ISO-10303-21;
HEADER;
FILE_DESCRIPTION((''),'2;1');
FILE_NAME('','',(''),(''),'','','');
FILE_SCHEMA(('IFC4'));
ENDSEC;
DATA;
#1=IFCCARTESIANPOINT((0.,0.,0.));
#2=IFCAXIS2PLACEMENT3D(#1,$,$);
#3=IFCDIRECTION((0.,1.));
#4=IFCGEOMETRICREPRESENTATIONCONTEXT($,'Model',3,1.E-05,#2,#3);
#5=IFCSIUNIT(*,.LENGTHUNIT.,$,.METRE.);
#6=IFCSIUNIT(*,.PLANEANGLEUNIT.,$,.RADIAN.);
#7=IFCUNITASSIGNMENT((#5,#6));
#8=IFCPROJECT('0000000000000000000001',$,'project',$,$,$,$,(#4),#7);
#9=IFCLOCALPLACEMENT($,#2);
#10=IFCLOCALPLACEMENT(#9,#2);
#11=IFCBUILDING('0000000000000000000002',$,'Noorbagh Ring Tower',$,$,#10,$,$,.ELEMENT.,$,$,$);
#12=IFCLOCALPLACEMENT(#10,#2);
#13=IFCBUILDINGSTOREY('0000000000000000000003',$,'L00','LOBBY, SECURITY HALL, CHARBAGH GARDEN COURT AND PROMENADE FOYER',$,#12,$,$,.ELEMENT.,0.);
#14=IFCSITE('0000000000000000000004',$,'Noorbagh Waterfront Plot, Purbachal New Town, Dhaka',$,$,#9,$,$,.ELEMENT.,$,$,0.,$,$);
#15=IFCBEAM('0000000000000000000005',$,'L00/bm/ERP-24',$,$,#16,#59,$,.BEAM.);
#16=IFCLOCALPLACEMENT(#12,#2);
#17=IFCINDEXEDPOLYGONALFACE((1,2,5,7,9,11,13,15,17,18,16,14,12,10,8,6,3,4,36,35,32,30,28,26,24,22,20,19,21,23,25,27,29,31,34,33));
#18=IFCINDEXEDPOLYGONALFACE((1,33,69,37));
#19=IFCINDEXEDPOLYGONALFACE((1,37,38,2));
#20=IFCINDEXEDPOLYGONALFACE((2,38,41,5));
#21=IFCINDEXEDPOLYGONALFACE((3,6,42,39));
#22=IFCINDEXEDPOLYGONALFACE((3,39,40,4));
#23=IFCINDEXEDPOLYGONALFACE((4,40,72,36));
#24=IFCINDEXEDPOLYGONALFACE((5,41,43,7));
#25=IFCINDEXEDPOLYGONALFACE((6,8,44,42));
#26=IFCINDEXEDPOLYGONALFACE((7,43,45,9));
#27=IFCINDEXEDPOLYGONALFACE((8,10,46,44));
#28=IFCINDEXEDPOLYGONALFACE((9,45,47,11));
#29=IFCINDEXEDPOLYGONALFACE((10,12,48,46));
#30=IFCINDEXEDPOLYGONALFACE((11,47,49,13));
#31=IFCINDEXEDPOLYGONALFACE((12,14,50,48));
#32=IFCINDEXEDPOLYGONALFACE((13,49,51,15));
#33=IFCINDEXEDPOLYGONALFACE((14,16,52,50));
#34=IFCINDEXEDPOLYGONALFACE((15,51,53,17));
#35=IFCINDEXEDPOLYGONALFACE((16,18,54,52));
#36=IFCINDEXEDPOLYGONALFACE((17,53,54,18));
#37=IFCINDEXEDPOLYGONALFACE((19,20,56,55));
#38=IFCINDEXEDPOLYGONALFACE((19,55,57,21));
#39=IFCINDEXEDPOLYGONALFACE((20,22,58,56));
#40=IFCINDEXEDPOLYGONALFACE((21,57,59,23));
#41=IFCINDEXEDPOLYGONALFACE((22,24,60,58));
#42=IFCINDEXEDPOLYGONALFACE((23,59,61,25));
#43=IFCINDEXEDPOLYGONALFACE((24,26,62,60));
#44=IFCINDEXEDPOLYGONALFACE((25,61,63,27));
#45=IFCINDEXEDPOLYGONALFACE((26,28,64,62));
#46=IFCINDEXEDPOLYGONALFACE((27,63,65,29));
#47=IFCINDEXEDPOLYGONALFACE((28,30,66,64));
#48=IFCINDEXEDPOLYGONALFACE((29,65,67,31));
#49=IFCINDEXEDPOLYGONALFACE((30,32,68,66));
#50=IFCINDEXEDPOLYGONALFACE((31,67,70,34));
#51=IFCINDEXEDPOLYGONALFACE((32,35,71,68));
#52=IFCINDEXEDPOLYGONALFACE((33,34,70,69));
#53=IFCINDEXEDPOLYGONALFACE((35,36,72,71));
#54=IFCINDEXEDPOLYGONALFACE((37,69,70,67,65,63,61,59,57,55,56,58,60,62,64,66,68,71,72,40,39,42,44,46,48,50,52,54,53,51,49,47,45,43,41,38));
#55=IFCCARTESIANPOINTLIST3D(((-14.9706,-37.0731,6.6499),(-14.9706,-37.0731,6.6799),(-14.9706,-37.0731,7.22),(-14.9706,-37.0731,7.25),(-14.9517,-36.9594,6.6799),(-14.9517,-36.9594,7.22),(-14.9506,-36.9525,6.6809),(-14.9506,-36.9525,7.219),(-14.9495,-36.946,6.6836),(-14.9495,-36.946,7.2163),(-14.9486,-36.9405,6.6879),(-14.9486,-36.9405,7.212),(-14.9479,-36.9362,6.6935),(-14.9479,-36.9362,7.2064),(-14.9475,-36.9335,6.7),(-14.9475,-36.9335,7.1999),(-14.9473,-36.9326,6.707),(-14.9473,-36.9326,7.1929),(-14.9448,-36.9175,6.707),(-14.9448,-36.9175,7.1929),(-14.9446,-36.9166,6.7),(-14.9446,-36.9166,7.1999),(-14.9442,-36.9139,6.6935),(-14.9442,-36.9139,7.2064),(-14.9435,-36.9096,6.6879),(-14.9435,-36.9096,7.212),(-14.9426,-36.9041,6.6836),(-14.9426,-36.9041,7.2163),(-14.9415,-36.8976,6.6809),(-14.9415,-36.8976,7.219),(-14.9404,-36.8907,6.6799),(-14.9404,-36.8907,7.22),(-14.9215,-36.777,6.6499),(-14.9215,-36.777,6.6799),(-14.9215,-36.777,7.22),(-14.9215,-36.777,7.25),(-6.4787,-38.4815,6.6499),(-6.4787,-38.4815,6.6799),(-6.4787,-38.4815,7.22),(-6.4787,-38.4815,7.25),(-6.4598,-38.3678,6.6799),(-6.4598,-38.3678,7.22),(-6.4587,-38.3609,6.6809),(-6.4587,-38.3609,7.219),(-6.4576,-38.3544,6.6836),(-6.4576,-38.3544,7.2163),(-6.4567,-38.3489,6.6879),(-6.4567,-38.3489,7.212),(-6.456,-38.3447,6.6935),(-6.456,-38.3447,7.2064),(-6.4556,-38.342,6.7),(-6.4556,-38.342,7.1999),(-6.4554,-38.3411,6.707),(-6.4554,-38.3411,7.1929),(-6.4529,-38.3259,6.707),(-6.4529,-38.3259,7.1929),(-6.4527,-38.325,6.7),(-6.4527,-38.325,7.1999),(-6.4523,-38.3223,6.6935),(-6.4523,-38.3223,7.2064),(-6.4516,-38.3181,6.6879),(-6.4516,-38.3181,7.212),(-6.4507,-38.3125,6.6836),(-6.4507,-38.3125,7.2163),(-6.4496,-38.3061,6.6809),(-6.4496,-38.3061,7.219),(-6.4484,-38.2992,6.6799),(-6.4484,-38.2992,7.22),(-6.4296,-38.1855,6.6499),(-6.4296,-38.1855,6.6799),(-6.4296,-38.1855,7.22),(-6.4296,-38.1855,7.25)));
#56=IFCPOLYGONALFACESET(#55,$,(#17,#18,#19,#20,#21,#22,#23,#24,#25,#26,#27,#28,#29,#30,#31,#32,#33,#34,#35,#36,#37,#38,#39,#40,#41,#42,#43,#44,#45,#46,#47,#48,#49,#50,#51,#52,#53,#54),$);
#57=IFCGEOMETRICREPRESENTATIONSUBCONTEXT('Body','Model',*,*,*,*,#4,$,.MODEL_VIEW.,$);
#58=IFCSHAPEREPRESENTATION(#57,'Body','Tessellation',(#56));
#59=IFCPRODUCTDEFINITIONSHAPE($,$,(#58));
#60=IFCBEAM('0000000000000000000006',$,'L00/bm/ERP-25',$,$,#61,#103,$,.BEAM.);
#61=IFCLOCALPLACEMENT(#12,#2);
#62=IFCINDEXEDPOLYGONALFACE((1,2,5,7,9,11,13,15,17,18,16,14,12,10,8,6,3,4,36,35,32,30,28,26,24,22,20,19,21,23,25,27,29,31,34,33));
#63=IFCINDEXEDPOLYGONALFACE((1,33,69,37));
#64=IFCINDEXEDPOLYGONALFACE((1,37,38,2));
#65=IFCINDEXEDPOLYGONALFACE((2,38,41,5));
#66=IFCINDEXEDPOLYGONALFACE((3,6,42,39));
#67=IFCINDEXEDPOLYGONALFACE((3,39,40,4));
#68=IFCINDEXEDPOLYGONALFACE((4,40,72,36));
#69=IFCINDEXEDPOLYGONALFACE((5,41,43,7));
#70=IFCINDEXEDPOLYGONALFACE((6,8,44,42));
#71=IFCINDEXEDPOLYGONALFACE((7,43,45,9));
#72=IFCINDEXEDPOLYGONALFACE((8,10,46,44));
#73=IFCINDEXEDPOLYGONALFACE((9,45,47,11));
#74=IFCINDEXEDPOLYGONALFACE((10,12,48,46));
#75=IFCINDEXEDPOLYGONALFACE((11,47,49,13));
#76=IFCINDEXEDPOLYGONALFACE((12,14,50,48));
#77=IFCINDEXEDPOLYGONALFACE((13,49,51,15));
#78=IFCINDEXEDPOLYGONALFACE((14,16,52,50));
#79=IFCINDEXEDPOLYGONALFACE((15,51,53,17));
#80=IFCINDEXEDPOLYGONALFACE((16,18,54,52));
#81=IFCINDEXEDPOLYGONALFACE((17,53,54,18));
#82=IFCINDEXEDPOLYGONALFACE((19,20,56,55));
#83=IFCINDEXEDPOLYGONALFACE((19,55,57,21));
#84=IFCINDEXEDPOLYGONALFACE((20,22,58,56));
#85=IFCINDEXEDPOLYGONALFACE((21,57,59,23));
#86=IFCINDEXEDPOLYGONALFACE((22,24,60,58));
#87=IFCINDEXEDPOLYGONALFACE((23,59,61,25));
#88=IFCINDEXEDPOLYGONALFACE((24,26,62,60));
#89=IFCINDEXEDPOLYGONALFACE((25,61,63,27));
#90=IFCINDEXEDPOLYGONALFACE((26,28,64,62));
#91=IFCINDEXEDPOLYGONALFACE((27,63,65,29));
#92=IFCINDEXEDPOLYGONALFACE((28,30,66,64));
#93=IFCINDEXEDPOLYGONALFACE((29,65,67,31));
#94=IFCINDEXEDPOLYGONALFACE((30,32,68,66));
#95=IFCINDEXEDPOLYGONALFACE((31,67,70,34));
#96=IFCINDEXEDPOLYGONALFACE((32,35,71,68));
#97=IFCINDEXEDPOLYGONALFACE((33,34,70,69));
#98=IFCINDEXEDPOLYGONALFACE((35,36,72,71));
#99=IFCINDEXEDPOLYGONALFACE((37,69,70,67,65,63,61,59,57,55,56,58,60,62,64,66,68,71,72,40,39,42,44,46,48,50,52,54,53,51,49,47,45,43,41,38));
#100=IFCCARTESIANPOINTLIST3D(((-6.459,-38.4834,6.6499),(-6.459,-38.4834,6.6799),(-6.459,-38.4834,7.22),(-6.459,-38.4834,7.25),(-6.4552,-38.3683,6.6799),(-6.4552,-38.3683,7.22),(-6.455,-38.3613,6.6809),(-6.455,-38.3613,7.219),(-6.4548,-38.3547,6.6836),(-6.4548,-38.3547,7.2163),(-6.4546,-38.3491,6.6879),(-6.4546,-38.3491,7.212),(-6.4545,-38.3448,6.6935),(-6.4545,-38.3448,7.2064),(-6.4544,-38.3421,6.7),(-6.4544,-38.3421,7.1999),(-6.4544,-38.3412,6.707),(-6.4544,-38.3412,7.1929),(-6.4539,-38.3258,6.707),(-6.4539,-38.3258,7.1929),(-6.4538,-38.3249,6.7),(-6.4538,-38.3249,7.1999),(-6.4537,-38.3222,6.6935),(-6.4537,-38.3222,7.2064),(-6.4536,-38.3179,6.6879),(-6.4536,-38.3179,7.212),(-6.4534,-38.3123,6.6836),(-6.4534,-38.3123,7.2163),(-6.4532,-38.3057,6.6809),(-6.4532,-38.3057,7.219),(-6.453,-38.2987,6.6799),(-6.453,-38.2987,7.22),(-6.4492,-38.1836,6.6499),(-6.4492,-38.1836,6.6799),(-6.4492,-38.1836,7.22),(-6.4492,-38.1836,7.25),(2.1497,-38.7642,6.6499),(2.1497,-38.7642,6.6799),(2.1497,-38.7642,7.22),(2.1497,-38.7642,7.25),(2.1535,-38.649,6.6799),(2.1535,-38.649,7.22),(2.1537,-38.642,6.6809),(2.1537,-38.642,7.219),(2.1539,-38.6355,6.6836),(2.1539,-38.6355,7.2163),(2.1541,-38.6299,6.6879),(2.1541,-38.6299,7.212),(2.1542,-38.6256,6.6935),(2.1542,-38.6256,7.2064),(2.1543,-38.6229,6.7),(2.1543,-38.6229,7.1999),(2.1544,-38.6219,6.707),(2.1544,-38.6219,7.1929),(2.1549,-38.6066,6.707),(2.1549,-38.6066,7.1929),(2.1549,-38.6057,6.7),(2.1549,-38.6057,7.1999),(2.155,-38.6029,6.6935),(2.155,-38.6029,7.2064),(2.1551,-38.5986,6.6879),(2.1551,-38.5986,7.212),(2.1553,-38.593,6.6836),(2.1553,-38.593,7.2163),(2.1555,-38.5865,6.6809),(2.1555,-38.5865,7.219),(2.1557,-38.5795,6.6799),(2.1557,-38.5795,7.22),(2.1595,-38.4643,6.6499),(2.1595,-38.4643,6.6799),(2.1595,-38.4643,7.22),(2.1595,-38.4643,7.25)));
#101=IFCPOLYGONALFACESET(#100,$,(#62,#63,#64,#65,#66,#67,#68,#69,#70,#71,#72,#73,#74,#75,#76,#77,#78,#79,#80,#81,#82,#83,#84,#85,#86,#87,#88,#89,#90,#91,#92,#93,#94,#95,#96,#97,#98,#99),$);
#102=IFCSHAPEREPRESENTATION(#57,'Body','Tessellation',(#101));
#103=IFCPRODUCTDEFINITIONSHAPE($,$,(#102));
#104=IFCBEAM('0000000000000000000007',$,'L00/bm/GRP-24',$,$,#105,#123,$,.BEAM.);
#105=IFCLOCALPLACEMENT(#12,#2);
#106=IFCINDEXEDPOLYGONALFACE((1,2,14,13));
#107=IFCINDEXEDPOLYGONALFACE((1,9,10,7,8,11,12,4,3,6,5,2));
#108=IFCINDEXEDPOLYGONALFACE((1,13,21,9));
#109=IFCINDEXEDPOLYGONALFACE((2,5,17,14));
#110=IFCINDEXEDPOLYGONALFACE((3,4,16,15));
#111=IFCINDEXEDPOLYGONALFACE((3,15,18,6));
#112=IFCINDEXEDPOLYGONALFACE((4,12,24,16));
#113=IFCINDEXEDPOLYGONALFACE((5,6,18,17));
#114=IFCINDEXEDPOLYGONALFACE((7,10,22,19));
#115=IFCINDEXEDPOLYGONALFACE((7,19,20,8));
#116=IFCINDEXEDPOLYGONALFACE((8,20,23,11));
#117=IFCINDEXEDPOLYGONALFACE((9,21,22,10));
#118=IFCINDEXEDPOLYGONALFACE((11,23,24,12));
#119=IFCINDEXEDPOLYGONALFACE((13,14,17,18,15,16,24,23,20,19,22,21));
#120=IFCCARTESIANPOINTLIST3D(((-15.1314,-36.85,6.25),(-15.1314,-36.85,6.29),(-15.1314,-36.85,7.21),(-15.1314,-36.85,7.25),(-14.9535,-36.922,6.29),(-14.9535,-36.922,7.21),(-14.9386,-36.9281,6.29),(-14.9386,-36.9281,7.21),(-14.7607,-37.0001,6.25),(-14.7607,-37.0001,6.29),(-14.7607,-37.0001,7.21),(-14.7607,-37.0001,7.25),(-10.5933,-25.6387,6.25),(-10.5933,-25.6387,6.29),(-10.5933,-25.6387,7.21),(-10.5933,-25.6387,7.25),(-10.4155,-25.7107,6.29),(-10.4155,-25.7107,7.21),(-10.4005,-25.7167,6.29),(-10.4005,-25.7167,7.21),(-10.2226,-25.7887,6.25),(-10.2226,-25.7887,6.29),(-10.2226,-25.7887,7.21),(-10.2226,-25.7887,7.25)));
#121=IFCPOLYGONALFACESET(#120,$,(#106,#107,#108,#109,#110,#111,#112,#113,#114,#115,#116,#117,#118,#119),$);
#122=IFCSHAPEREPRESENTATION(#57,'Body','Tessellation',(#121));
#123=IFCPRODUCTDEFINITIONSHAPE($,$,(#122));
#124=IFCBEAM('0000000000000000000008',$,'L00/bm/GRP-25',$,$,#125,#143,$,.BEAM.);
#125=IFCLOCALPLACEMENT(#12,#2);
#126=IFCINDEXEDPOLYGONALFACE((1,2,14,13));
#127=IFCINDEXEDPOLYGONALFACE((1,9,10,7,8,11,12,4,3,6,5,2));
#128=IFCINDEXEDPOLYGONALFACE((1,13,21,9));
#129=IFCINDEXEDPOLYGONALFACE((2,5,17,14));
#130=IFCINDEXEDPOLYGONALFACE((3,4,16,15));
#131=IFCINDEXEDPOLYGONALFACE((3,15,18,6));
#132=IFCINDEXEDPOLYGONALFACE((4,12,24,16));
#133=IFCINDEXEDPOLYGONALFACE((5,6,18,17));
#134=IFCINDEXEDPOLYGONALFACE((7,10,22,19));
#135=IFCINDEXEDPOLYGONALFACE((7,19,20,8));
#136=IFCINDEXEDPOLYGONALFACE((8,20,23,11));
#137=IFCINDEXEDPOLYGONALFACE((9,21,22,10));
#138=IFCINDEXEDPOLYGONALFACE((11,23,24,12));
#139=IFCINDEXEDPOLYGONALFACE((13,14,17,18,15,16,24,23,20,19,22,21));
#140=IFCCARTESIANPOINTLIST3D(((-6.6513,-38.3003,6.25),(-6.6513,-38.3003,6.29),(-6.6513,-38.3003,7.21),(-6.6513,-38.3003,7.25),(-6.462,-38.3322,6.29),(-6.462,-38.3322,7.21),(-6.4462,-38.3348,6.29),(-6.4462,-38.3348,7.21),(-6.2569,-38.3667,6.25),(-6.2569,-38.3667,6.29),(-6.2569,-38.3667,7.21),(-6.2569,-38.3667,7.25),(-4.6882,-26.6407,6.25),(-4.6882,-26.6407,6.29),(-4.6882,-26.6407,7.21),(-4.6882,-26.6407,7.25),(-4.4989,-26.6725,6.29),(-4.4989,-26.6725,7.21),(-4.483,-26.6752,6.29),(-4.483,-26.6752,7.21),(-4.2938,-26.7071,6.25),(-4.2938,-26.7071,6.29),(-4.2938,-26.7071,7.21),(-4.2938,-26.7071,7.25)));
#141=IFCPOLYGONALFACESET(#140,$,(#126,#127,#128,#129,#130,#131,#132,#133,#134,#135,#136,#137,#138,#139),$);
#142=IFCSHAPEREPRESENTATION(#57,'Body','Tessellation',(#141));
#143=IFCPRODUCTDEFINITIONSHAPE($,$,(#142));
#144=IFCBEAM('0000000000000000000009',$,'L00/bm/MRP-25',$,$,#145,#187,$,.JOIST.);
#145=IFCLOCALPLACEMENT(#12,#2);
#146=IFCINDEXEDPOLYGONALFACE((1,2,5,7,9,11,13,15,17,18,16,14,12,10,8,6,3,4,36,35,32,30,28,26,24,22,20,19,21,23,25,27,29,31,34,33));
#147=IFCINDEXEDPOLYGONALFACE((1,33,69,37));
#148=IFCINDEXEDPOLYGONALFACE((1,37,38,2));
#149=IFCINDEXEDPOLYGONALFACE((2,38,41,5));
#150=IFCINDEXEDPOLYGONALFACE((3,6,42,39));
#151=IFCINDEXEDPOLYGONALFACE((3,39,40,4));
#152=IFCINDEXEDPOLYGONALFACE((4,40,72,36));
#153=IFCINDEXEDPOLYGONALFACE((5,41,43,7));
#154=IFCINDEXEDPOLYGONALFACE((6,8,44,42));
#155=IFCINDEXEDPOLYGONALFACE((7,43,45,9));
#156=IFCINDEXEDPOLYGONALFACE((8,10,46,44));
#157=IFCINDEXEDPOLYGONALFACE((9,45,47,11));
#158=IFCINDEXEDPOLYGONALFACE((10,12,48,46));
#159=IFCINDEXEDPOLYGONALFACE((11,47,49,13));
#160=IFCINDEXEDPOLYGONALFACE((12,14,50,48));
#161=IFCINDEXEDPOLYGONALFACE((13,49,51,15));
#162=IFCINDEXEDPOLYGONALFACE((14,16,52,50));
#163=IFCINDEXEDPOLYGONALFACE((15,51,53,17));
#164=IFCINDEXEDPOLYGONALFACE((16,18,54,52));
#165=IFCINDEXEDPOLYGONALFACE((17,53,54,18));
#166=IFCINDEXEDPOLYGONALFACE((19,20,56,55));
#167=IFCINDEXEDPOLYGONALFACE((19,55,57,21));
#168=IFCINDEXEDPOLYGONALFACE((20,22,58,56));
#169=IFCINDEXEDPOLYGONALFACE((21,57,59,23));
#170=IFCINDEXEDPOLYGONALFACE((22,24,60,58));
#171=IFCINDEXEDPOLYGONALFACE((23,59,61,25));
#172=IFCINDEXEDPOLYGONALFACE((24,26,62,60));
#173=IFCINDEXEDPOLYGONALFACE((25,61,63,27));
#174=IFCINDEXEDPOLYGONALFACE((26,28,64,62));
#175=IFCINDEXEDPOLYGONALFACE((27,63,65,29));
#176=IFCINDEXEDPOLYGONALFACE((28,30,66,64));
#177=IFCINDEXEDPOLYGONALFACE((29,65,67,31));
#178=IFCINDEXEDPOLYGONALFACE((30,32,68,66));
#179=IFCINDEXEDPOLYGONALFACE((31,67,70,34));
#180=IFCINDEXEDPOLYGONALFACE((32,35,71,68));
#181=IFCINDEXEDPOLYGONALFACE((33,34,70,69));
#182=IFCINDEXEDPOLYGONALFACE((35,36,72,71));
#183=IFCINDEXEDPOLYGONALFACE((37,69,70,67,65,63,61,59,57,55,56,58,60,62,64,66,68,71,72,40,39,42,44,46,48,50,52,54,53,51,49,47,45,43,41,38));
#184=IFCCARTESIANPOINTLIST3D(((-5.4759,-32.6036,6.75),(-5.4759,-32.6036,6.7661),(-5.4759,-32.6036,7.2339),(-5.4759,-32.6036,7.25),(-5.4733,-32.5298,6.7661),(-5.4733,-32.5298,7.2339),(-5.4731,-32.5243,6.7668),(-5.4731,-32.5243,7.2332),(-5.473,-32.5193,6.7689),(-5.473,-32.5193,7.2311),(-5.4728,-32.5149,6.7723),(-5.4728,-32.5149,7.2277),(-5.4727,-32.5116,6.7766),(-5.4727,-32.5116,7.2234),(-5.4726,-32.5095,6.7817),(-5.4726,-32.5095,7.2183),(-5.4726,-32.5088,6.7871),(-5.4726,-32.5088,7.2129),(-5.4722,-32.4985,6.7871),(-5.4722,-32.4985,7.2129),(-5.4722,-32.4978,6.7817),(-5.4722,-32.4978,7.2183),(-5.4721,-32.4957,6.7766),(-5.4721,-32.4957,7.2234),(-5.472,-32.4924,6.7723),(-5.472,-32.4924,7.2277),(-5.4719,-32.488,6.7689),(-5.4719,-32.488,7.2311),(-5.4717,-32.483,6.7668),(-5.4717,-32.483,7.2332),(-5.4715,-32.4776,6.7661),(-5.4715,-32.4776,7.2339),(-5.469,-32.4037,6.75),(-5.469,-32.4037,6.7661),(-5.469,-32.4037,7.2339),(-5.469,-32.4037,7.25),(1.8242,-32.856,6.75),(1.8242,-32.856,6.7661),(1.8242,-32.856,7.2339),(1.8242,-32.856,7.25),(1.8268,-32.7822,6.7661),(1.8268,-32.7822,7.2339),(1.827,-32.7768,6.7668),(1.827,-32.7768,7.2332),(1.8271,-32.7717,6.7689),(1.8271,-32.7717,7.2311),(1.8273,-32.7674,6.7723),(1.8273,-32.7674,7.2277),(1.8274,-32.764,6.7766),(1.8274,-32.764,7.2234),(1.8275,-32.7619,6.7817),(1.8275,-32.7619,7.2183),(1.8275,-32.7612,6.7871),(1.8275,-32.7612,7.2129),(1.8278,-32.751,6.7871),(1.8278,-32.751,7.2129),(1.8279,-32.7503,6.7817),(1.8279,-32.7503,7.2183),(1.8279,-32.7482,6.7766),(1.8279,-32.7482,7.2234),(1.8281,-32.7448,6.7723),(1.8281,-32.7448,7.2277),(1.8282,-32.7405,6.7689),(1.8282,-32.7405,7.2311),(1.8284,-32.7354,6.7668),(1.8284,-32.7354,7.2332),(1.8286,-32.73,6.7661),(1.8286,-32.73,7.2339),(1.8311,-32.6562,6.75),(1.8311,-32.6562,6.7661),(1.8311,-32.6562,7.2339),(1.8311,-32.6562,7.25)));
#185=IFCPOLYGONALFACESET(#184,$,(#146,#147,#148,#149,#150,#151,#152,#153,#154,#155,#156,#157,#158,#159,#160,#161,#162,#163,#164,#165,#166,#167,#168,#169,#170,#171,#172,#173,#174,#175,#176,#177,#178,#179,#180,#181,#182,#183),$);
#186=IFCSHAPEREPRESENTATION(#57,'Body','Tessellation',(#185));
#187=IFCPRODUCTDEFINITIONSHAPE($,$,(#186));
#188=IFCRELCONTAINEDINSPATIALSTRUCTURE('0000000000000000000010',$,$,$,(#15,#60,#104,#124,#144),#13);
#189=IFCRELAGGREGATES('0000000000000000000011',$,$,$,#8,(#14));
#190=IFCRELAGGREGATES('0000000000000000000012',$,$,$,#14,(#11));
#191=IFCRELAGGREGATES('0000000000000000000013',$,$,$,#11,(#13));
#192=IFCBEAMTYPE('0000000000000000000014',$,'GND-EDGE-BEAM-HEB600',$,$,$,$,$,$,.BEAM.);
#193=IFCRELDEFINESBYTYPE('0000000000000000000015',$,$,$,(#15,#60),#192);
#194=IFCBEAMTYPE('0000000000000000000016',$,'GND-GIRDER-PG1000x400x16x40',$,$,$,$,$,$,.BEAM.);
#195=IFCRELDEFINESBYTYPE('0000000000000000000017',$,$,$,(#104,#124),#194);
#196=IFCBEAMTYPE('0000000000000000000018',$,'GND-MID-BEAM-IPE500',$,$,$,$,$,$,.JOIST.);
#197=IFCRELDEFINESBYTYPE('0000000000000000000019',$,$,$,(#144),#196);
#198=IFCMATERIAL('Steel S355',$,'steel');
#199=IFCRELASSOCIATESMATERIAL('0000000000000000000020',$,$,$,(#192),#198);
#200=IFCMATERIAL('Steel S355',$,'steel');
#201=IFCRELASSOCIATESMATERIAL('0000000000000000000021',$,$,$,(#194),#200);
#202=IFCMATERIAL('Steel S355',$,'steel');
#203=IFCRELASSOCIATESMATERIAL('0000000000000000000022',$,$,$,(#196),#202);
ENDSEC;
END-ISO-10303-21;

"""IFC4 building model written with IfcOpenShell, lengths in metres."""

from ifc_helpers import new_model, si_unit, direction, frame, origin, origin_2d, place, context, subcontext, project, spatial, i_section, extrude, material, material_profile, profile_set, type_object, element, save


model = new_model("IFC4")

# Units and contexts
model_context = context("Model", 3, precision=1e-05, world=origin(), true_north=direction((0.0, 1.0)))
body_context = subcontext(model_context, "Body", "Model", "MODEL_VIEW")
ifc_project = project(units=[si_unit("LENGTHUNIT", "METRE"), si_unit("PLANEANGLEUNIT", "RADIAN")], contexts=[model_context])

# Site, building, storey
site_placement = place(None, origin())
site = spatial("IfcSite", under=ifc_project, at=site_placement, Name="Noorbagh Waterfront Plot, Purbachal New Town, Dhaka", CompositionType="ELEMENT", RefElevation=0.0)
building_placement = place(site_placement, origin())
building = spatial("IfcBuilding", under=site, at=building_placement, Name="Noorbagh Ring Tower", CompositionType="ELEMENT")
storey_placement = place(building_placement, origin())
storey = spatial("IfcBuildingStorey", under=building, at=storey_placement, Name="L00", Description="LOBBY, SECURITY HALL, CHARBAGH GARDEN COURT AND PROMENADE FOYER", CompositionType="ELEMENT", Elevation=0.0)

# Beams
ifc_material_1 = material(Name="Steel S355", Category="steel")
ifc_material_profile_1 = material_profile(ifc_material_1, i_section(OverallWidth=0.3, OverallDepth=0.6001, WebThickness=0.0154, FlangeThickness=0.03, FilletRadius=0.0271, at=origin_2d()), Name="HEB600")
ifc_profile_set_1 = profile_set([ifc_material_profile_1], Name="Steel S355")
beam_type_1 = type_object("IfcBeamType", Name="GND-EDGE-BEAM-HEB600", PredefinedType="BEAM", material=ifc_profile_set_1)
beam_1_placement = place(storey_placement, frame((-14.946, -36.925, 6.95), z_axis=(0.986523, -0.163622, 0.0), x_axis=(0.163622, 0.986523, 0.0)))
element("IfcBeam", 1, at=beam_1_placement, inside=storey, type_object=beam_type_1, Name="L00/bm/ERP-24", PredefinedType="BEAM", context=body_context, shape_type="SweptSolid", body=[
    extrude(i_section(OverallWidth=0.3, OverallDepth=0.6001, WebThickness=0.0154, FlangeThickness=0.03, FilletRadius=0.0271, at=origin_2d()), origin(), (0.0, 0.0, 1.0), 8.6079),
])
beam_2_placement = place(storey_placement, frame((-6.4541, -38.3335, 6.95), z_axis=(0.999469, -0.032597, 0.0), x_axis=(0.032597, 0.999469, 0.0)))
element("IfcBeam", 2, at=beam_2_placement, inside=storey, type_object=beam_type_1, Name="L00/bm/ERP-25", PredefinedType="BEAM", context=body_context, shape_type="SweptSolid", body=[
    extrude(i_section(OverallWidth=0.3, OverallDepth=0.6001, WebThickness=0.0154, FlangeThickness=0.03, FilletRadius=0.0271, at=origin_2d()), origin(), (0.0, 0.0, 1.0), 8.6133),
])
ifc_material_2 = material(Name="Steel S355", Category="steel")
ifc_material_profile_2 = material_profile(ifc_material_2, i_section(OverallWidth=0.3999, OverallDepth=1.0, WebThickness=0.0161, FlangeThickness=0.04, at=origin_2d()), Name="PG1000x400x16x40")
ifc_profile_set_2 = profile_set([ifc_material_profile_2], Name="Steel S355")
beam_type_2 = type_object("IfcBeamType", Name="GND-GIRDER-PG1000x400x16x40", PredefinedType="BEAM", material=ifc_profile_set_2)
beam_3_placement = place(storey_placement, frame((-14.946, -36.925, 6.75), z_axis=(0.375202, 0.926943, 0.0), x_axis=(-0.926943, 0.375202, 0.0)))
element("IfcBeam", 3, at=beam_3_placement, inside=storey, type_object=beam_type_2, Name="L00/bm/GRP-24", PredefinedType="BEAM", context=body_context, shape_type="SweptSolid", body=[
    extrude(i_section(OverallWidth=0.3999, OverallDepth=1.0, WebThickness=0.0161, FlangeThickness=0.04, at=origin_2d()), origin(), (0.0, 0.0, 1.0), 12.095),
])
beam_4_placement = place(storey_placement, frame((-6.4541, -38.3335, 6.75), z_axis=(0.166033, 0.98612, 0.0), x_axis=(-0.98612, 0.166033, 0.0)))
element("IfcBeam", 4, at=beam_4_placement, inside=storey, type_object=beam_type_2, Name="L00/bm/GRP-25", PredefinedType="BEAM", context=body_context, shape_type="SweptSolid", body=[
    extrude(i_section(OverallWidth=0.3999, OverallDepth=1.0, WebThickness=0.0161, FlangeThickness=0.04, at=origin_2d()), origin(), (0.0, 0.0, 1.0), 11.8237),
])
ifc_material_3 = material(Name="Steel S355", Category="steel")
ifc_material_profile_3 = material_profile(ifc_material_3, i_section(OverallWidth=0.2, OverallDepth=0.5, WebThickness=0.0103, FlangeThickness=0.0161, FilletRadius=0.021, at=origin_2d()), Name="IPE500")
ifc_profile_set_3 = profile_set([ifc_material_profile_3], Name="Steel S355")
beam_type_3 = type_object("IfcBeamType", Name="GND-MID-BEAM-IPE500", PredefinedType="JOIST", material=ifc_profile_set_3)
beam_5_placement = place(storey_placement, frame((-5.4724, -32.5037, 7.0), z_axis=(0.999403, -0.03456, 0.0), x_axis=(0.03456, 0.999403, 0.0)))
element("IfcBeam", 5, at=beam_5_placement, inside=storey, type_object=beam_type_3, Name="L00/bm/MRP-25", PredefinedType="JOIST", context=body_context, shape_type="SweptSolid", body=[
    extrude(i_section(OverallWidth=0.2, OverallDepth=0.5, WebThickness=0.0103, FlangeThickness=0.0161, FilletRadius=0.021, at=origin_2d()), origin(), (0.0, 0.0, 1.0), 7.3044),
])

save(model, "model.ifc")
